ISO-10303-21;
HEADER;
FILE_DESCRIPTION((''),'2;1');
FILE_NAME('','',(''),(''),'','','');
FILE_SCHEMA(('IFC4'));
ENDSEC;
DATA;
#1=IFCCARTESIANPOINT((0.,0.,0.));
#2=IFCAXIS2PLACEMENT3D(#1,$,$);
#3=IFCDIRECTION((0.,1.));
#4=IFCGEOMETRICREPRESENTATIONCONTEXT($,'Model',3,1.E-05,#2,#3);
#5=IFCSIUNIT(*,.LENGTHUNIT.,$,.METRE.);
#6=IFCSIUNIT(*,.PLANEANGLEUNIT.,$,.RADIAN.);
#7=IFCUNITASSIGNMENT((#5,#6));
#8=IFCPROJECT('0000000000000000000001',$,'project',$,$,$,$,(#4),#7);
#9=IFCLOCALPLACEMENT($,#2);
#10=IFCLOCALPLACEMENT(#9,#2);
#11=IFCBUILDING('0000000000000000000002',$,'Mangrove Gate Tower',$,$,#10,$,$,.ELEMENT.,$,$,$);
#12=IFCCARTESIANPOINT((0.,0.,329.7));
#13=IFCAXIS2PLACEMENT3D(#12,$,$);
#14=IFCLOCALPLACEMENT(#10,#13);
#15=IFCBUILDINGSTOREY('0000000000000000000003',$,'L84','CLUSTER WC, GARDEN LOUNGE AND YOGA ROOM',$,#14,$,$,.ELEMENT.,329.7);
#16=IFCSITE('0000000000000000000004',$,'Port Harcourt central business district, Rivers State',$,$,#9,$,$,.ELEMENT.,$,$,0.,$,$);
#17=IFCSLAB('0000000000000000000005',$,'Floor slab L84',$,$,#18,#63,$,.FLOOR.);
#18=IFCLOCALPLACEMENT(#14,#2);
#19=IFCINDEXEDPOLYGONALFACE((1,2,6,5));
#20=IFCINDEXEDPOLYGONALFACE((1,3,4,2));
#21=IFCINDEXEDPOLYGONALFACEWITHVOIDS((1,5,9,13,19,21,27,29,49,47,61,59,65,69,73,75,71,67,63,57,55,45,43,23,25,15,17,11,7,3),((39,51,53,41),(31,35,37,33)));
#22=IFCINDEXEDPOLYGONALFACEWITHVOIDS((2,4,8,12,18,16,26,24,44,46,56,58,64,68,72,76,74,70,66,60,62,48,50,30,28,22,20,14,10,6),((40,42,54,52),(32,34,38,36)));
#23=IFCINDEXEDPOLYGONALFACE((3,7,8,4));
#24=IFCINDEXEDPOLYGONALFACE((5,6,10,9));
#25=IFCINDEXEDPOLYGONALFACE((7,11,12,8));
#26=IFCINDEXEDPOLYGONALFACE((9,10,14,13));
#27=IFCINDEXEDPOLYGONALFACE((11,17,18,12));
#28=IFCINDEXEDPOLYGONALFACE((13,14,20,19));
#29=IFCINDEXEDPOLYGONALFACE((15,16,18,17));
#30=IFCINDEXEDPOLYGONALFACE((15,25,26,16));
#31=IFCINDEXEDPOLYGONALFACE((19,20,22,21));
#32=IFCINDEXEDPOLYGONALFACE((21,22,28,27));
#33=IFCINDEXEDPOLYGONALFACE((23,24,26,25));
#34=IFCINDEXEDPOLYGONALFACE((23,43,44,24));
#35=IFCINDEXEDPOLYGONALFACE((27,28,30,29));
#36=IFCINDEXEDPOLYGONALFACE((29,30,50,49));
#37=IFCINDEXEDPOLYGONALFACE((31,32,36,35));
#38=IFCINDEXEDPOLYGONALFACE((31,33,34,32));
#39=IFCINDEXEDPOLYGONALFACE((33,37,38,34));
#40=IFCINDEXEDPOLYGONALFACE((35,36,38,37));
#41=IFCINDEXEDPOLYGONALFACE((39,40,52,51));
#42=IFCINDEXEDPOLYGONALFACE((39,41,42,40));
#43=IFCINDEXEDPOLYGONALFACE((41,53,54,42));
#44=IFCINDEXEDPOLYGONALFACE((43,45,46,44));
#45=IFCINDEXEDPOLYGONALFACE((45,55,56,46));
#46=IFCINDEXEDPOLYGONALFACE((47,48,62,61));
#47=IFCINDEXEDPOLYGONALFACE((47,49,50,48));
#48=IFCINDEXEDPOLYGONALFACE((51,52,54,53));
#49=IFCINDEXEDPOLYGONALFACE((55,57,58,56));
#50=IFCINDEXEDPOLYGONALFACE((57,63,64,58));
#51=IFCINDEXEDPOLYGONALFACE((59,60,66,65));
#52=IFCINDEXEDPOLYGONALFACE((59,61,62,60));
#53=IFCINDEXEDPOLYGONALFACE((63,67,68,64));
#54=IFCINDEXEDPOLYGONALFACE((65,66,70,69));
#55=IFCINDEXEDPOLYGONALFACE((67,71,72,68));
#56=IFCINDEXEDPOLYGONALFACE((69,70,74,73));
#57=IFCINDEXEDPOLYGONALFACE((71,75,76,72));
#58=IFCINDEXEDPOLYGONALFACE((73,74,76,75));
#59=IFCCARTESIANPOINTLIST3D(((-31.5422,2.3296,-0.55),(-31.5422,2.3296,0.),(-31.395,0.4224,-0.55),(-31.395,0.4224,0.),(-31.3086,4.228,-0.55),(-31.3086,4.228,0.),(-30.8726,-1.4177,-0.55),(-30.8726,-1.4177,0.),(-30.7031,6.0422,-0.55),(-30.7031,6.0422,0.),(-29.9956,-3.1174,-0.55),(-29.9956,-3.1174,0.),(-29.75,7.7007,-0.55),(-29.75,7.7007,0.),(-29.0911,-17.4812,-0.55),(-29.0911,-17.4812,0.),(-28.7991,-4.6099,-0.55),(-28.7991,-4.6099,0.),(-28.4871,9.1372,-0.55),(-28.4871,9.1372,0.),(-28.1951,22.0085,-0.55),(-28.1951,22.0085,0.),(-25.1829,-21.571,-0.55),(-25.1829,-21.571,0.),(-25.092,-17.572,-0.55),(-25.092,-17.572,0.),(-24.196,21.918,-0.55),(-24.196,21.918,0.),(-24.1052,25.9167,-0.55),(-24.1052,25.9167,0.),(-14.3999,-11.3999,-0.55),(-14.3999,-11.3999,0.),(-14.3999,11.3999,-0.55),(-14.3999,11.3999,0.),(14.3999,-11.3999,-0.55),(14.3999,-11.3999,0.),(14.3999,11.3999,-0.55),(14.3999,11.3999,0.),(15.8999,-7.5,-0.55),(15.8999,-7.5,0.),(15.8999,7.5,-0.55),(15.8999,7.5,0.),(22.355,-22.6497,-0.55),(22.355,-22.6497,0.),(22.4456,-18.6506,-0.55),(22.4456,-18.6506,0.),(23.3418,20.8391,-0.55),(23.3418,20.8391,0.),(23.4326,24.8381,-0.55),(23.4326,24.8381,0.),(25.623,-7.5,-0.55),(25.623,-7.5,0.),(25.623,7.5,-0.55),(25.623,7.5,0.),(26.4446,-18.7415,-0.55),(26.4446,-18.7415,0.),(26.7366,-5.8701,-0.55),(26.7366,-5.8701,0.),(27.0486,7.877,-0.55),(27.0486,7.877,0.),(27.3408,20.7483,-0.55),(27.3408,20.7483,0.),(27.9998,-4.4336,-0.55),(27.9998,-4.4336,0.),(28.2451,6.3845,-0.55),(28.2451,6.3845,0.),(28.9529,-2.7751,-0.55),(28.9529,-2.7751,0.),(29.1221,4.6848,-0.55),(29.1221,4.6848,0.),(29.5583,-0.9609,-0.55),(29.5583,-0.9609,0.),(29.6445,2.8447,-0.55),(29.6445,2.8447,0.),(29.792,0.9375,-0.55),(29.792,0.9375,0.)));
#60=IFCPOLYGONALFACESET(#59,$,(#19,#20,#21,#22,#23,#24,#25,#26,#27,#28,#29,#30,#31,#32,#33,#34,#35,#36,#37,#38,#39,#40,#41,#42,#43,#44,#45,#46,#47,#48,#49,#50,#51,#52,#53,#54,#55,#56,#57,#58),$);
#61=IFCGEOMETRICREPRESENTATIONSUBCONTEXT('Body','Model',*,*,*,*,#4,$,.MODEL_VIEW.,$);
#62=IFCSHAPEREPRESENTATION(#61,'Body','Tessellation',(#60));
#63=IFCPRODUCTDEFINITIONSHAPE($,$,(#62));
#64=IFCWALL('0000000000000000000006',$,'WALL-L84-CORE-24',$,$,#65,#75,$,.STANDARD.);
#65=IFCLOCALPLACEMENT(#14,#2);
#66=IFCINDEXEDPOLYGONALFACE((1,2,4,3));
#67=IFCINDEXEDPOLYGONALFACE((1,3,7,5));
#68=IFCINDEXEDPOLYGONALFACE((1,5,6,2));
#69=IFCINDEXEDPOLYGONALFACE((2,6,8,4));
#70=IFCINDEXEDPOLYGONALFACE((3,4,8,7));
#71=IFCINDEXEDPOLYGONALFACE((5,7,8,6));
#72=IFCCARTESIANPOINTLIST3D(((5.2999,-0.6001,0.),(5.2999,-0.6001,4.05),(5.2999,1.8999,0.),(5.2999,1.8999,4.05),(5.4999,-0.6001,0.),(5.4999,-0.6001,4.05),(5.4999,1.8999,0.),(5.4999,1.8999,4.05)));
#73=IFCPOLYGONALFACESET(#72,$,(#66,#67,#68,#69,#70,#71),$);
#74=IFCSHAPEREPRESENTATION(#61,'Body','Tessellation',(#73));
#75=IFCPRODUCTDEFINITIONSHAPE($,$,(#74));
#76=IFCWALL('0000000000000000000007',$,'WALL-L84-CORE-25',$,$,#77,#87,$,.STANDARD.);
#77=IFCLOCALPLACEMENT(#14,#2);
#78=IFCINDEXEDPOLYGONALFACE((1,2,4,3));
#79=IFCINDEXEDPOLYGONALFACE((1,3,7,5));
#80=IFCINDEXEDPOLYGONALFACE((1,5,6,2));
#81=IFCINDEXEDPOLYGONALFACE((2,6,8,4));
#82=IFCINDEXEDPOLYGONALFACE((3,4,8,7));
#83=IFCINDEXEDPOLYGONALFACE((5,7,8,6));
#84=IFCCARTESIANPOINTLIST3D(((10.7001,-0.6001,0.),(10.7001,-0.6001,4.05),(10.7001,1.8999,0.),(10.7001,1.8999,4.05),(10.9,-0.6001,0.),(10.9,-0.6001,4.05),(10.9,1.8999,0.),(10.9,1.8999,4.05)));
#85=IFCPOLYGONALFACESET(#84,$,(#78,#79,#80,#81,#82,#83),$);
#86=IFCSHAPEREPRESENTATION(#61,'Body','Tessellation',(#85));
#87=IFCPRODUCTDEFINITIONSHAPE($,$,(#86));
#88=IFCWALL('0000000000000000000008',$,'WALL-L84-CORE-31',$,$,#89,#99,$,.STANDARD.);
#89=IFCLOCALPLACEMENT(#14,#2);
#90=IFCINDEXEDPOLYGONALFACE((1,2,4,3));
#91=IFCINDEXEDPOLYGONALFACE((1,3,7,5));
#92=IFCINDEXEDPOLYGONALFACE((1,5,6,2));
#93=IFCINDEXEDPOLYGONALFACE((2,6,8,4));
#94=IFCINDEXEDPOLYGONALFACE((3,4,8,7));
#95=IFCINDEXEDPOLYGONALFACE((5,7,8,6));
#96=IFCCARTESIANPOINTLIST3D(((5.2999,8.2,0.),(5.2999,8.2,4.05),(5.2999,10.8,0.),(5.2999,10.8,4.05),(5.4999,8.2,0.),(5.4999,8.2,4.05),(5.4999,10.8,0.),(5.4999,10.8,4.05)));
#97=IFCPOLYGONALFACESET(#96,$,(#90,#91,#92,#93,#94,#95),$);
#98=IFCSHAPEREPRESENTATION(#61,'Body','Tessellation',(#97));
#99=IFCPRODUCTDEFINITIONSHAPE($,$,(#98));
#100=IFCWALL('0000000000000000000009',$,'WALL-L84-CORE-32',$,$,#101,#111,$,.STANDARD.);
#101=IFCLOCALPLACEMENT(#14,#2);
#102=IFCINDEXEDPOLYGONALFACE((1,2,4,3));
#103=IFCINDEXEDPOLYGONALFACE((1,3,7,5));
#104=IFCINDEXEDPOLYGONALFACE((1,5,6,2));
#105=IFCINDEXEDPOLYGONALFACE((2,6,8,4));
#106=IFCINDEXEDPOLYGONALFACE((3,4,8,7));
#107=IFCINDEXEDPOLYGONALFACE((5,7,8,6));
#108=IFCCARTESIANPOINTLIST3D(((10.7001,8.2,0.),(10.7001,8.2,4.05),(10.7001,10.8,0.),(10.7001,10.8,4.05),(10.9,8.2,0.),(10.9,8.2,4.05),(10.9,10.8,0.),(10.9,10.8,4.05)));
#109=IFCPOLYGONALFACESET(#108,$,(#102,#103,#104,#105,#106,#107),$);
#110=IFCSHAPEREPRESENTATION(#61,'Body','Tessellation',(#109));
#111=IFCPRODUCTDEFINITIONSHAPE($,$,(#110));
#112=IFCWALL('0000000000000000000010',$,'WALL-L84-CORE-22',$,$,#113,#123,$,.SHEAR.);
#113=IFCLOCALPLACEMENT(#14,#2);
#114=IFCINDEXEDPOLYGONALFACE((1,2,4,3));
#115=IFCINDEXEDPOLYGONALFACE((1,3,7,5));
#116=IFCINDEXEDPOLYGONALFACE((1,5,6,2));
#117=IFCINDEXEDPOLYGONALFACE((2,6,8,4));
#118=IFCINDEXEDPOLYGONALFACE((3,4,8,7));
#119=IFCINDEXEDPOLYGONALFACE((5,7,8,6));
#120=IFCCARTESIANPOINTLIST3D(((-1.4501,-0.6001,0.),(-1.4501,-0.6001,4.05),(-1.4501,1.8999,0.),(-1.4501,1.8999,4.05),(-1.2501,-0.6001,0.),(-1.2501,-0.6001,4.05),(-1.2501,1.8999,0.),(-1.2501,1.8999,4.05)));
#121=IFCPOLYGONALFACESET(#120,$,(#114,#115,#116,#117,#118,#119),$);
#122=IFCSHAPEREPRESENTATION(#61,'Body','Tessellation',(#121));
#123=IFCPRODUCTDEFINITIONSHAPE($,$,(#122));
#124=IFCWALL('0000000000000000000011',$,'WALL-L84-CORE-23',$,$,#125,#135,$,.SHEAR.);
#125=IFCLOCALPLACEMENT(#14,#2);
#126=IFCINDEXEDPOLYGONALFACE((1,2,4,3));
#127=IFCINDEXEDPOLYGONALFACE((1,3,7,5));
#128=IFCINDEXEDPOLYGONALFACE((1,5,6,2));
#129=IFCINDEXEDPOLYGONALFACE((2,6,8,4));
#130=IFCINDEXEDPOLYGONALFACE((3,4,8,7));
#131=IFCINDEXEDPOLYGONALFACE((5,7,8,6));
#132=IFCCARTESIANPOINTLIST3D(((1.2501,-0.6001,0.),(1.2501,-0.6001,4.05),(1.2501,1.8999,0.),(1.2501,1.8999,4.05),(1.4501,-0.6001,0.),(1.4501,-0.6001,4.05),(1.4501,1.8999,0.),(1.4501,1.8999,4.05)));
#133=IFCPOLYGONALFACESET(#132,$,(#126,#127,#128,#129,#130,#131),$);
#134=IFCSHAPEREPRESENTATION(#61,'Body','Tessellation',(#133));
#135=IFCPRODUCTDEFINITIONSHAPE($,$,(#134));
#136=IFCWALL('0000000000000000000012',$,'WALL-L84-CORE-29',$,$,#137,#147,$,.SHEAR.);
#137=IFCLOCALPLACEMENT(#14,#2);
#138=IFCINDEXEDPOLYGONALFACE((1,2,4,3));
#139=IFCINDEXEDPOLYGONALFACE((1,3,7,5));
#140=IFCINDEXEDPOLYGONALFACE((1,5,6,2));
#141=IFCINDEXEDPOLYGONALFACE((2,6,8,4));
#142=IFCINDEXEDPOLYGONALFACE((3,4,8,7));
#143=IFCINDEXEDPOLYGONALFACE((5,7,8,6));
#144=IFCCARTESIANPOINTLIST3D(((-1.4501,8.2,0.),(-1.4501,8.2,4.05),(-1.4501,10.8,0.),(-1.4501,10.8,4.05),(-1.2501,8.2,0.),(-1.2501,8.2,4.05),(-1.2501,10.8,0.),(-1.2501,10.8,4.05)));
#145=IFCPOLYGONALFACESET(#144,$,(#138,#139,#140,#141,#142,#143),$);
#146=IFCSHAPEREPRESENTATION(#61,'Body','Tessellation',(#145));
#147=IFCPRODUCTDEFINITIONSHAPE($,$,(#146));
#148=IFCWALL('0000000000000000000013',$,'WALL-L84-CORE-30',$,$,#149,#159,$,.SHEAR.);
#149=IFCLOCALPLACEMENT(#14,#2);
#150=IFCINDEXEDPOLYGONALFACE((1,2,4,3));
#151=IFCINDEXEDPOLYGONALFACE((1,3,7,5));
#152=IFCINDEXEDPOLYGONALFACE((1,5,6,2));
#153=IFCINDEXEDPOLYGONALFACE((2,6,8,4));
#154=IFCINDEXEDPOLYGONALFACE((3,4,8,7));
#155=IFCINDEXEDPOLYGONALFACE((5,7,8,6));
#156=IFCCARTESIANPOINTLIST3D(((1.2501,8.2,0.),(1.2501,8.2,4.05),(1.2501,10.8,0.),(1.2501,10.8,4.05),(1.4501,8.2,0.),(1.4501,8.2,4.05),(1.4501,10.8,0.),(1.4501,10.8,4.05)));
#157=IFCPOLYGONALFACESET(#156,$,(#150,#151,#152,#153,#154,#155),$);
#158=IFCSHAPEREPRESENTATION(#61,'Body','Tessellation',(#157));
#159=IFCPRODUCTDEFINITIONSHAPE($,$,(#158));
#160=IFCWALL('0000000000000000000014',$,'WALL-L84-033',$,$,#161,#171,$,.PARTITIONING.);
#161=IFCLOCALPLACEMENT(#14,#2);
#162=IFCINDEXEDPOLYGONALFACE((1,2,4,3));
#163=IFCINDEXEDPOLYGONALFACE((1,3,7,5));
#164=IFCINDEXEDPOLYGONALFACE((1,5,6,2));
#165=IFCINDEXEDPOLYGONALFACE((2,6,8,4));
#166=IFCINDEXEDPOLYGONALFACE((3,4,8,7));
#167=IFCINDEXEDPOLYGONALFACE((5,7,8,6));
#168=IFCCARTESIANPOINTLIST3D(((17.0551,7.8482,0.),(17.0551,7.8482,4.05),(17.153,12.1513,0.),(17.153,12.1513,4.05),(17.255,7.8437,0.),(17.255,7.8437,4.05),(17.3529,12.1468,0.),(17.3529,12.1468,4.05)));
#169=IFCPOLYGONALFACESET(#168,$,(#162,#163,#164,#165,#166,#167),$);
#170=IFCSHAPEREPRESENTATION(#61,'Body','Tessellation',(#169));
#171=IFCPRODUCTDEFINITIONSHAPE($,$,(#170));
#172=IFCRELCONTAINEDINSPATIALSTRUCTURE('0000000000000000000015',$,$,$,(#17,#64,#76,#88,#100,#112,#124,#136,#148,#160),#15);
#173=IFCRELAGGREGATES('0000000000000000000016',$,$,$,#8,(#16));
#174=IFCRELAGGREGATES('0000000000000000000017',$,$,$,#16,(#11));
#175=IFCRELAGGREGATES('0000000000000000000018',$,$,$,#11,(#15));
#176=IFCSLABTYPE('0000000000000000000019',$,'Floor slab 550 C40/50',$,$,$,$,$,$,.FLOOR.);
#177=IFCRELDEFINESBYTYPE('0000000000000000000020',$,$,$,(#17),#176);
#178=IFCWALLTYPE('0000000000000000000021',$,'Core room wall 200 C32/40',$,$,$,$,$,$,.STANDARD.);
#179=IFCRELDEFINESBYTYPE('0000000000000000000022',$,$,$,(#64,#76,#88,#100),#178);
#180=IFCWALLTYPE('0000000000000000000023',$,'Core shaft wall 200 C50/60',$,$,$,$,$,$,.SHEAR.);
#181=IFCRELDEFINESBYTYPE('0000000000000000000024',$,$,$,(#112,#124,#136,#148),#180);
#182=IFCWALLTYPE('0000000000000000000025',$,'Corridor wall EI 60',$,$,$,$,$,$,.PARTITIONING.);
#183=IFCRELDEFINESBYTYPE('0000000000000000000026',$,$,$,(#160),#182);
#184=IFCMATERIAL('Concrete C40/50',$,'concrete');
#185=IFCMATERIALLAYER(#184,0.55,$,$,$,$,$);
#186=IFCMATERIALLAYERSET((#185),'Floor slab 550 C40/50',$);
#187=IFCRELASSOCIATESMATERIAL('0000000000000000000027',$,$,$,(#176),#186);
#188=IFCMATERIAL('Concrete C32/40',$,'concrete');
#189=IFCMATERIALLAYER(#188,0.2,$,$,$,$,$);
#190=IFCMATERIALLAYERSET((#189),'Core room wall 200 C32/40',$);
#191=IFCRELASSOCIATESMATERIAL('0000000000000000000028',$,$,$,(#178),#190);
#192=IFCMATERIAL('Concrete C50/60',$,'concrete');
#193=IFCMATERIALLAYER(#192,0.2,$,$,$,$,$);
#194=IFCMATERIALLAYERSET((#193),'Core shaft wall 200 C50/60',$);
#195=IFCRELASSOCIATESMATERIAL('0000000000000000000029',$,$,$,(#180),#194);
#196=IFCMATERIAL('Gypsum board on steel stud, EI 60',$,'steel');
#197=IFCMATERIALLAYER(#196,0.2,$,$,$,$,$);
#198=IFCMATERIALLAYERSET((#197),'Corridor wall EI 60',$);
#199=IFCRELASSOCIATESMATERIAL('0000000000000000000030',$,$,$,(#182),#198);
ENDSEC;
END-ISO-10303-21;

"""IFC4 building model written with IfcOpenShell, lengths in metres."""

from ifc_helpers import new_model, si_unit, direction, frame, frame_2d, origin, place, context, subcontext, project, spatial, polyline, rectangle, outline, extrude, material, layer, layer_set, type_object, element, save


model = new_model("IFC4")

# Units and contexts
model_context = context("Model", 3, precision=1e-05, world=origin(), true_north=direction((0.0, 1.0)))
body_context = subcontext(model_context, "Body", "Model", "MODEL_VIEW")
ifc_project = project(units=[si_unit("LENGTHUNIT", "METRE"), si_unit("PLANEANGLEUNIT", "RADIAN")], contexts=[model_context])

# Site, building, storey
site_placement = place(None, origin())
site = spatial("IfcSite", under=ifc_project, at=site_placement, Name="Port Harcourt central business district, Rivers State", CompositionType="ELEMENT", RefElevation=0.0)
building_placement = place(site_placement, origin())
building = spatial("IfcBuilding", under=site, at=building_placement, Name="Mangrove Gate Tower", CompositionType="ELEMENT")
storey_placement = place(building_placement, frame((0.0, 0.0, 329.7)))
storey = spatial("IfcBuildingStorey", under=building, at=storey_placement, Name="L84", Description="CLUSTER WC, GARDEN LOUNGE AND YOGA ROOM", CompositionType="ELEMENT", Elevation=329.7)

# Slab
ifc_material_1 = material(Name="Concrete C40/50", Category="concrete")
ifc_layer_1 = layer(ifc_material_1, 0.55)
ifc_layer_set_1 = layer_set([ifc_layer_1], Name="Floor slab 550 C40/50")
slab_type_1 = type_object("IfcSlabType", Name="Floor slab 550 C40/50", PredefinedType="FLOOR", material=ifc_layer_set_1)
slab_1_placement = place(storey_placement, frame((0.0, 0.0, -0.55)))
element("IfcSlab", 1, at=slab_1_placement, inside=storey, type_object=slab_type_1, Name="Floor slab L84", PredefinedType="FLOOR", context=body_context, shape_type="SweptSolid", body=[
    extrude(outline(polyline([(-25.1829, -21.571), (22.355, -22.6497), (22.4456, -18.6506), (26.4446, -18.7415), (26.7366, -5.8701), (27.9998, -4.4336), (28.9529, -2.7751), (29.5583, -0.9609), (29.792, 0.9375), (29.6445, 2.8447), (29.1221, 4.6848), (28.2451, 6.3845), (27.0486, 7.877), (27.3408, 20.7483), (23.3418, 20.8391), (23.4326, 24.8381), (-24.1052, 25.9167), (-24.196, 21.918), (-28.1951, 22.0085), (-28.4871, 9.1372), (-29.75, 7.7007), (-30.7031, 6.0422), (-31.3086, 4.228), (-31.5422, 2.3296), (-31.395, 0.4224), (-30.8726, -1.4177), (-29.9956, -3.1174), (-28.7991, -4.6099), (-29.0911, -17.4812), (-25.092, -17.572), (-25.1829, -21.571)]), holes=[polyline([(15.8999, 7.5), (25.623, 7.5), (25.623, -7.5), (15.8999, -7.5), (15.8999, 7.5)]), polyline([(-14.3999, -11.3999), (-14.3999, 11.3999), (14.3999, 11.3999), (14.3999, -11.3999), (-14.3999, -11.3999)])]), origin(), (0.0, 0.0, 1.0), 0.55),
])

# Walls
ifc_material_2 = material(Name="Concrete C32/40", Category="concrete")
ifc_layer_2 = layer(ifc_material_2, 0.2)
ifc_layer_set_2 = layer_set([ifc_layer_2], Name="Core room wall 200 C32/40")
wall_type_1 = type_object("IfcWallType", Name="Core room wall 200 C32/40", PredefinedType="STANDARD", material=ifc_layer_set_2)
for number, where, z_axis, x_axis, name in (
    (2, (5.3999, -0.6001, 0.0), (0.0, 0.0, 1.0), (0.0, 1.0, 0.0), "WALL-L84-CORE-24"),
    (3, (10.8, -0.6001, 0.0), (0.0, 0.0, 1.0), (0.0, 1.0, 0.0), "WALL-L84-CORE-25"),
):
    element("IfcWall", number, at=place(storey_placement, frame(where, z_axis=z_axis, x_axis=x_axis)), inside=storey, type_object=wall_type_1, Name=name, PredefinedType="STANDARD", context=body_context, shape_type="SweptSolid", body=[
        extrude(rectangle(XDim=2.5, YDim=0.2, at=frame_2d((1.25, 0.0))), origin(), (0.0, 0.0, 1.0), 4.05),
    ])
for number, where, z_axis, x_axis, name in (
    (4, (5.3999, 8.2, 0.0), (0.0, 0.0, 1.0), (0.0, 1.0, 0.0), "WALL-L84-CORE-31"),
    (5, (10.8, 8.2, 0.0), (0.0, 0.0, 1.0), (0.0, 1.0, 0.0), "WALL-L84-CORE-32"),
):
    element("IfcWall", number, at=place(storey_placement, frame(where, z_axis=z_axis, x_axis=x_axis)), inside=storey, type_object=wall_type_1, Name=name, PredefinedType="STANDARD", context=body_context, shape_type="SweptSolid", body=[
        extrude(rectangle(XDim=2.6001, YDim=0.2, at=frame_2d((1.3, 0.0))), origin(), (0.0, 0.0, 1.0), 4.05),
    ])
ifc_material_3 = material(Name="Concrete C50/60", Category="concrete")
ifc_layer_3 = layer(ifc_material_3, 0.2)
ifc_layer_set_3 = layer_set([ifc_layer_3], Name="Core shaft wall 200 C50/60")
wall_type_2 = type_object("IfcWallType", Name="Core shaft wall 200 C50/60", PredefinedType="SHEAR", material=ifc_layer_set_3)
for number, where, z_axis, x_axis, name in (
    (6, (-1.3501, -0.6001, 0.0), (0.0, 0.0, 1.0), (0.0, 1.0, 0.0), "WALL-L84-CORE-22"),
    (7, (1.3501, -0.6001, 0.0), (0.0, 0.0, 1.0), (0.0, 1.0, 0.0), "WALL-L84-CORE-23"),
):
    element("IfcWall", number, at=place(storey_placement, frame(where, z_axis=z_axis, x_axis=x_axis)), inside=storey, type_object=wall_type_2, Name=name, PredefinedType="SHEAR", context=body_context, shape_type="SweptSolid", body=[
        extrude(rectangle(XDim=2.5, YDim=0.2, at=frame_2d((1.25, 0.0))), origin(), (0.0, 0.0, 1.0), 4.05),
    ])
for number, where, z_axis, x_axis, name in (
    (8, (-1.3501, 8.2, 0.0), (0.0, 0.0, 1.0), (0.0, 1.0, 0.0), "WALL-L84-CORE-29"),
    (9, (1.3501, 8.2, 0.0), (0.0, 0.0, 1.0), (0.0, 1.0, 0.0), "WALL-L84-CORE-30"),
):
    element("IfcWall", number, at=place(storey_placement, frame(where, z_axis=z_axis, x_axis=x_axis)), inside=storey, type_object=wall_type_2, Name=name, PredefinedType="SHEAR", context=body_context, shape_type="SweptSolid", body=[
        extrude(rectangle(XDim=2.6001, YDim=0.2, at=frame_2d((1.3, 0.0))), origin(), (0.0, 0.0, 1.0), 4.05),
    ])
ifc_material_4 = material(Name="Gypsum board on steel stud, EI 60", Category="steel")
ifc_layer_4 = layer(ifc_material_4, 0.2)
ifc_layer_set_4 = layer_set([ifc_layer_4], Name="Corridor wall EI 60")
wall_type_3 = type_object("IfcWallType", Name="Corridor wall EI 60", PredefinedType="PARTITIONING", material=ifc_layer_set_4)
wall_placement = place(storey_placement, frame((17.155, 7.8459, 0.0), z_axis=(0.0, 0.0, 1.0), x_axis=(0.022746, 0.999741, 0.0)))
element("IfcWall", 10, at=wall_placement, inside=storey, type_object=wall_type_3, Name="WALL-L84-033", PredefinedType="PARTITIONING", context=body_context, shape_type="SweptSolid", body=[
    extrude(rectangle(XDim=4.3042, YDim=0.2, at=frame_2d((2.1521, 0.0))), origin(), (0.0, 0.0, 1.0), 4.05),
])

save(model, "model.ifc")
